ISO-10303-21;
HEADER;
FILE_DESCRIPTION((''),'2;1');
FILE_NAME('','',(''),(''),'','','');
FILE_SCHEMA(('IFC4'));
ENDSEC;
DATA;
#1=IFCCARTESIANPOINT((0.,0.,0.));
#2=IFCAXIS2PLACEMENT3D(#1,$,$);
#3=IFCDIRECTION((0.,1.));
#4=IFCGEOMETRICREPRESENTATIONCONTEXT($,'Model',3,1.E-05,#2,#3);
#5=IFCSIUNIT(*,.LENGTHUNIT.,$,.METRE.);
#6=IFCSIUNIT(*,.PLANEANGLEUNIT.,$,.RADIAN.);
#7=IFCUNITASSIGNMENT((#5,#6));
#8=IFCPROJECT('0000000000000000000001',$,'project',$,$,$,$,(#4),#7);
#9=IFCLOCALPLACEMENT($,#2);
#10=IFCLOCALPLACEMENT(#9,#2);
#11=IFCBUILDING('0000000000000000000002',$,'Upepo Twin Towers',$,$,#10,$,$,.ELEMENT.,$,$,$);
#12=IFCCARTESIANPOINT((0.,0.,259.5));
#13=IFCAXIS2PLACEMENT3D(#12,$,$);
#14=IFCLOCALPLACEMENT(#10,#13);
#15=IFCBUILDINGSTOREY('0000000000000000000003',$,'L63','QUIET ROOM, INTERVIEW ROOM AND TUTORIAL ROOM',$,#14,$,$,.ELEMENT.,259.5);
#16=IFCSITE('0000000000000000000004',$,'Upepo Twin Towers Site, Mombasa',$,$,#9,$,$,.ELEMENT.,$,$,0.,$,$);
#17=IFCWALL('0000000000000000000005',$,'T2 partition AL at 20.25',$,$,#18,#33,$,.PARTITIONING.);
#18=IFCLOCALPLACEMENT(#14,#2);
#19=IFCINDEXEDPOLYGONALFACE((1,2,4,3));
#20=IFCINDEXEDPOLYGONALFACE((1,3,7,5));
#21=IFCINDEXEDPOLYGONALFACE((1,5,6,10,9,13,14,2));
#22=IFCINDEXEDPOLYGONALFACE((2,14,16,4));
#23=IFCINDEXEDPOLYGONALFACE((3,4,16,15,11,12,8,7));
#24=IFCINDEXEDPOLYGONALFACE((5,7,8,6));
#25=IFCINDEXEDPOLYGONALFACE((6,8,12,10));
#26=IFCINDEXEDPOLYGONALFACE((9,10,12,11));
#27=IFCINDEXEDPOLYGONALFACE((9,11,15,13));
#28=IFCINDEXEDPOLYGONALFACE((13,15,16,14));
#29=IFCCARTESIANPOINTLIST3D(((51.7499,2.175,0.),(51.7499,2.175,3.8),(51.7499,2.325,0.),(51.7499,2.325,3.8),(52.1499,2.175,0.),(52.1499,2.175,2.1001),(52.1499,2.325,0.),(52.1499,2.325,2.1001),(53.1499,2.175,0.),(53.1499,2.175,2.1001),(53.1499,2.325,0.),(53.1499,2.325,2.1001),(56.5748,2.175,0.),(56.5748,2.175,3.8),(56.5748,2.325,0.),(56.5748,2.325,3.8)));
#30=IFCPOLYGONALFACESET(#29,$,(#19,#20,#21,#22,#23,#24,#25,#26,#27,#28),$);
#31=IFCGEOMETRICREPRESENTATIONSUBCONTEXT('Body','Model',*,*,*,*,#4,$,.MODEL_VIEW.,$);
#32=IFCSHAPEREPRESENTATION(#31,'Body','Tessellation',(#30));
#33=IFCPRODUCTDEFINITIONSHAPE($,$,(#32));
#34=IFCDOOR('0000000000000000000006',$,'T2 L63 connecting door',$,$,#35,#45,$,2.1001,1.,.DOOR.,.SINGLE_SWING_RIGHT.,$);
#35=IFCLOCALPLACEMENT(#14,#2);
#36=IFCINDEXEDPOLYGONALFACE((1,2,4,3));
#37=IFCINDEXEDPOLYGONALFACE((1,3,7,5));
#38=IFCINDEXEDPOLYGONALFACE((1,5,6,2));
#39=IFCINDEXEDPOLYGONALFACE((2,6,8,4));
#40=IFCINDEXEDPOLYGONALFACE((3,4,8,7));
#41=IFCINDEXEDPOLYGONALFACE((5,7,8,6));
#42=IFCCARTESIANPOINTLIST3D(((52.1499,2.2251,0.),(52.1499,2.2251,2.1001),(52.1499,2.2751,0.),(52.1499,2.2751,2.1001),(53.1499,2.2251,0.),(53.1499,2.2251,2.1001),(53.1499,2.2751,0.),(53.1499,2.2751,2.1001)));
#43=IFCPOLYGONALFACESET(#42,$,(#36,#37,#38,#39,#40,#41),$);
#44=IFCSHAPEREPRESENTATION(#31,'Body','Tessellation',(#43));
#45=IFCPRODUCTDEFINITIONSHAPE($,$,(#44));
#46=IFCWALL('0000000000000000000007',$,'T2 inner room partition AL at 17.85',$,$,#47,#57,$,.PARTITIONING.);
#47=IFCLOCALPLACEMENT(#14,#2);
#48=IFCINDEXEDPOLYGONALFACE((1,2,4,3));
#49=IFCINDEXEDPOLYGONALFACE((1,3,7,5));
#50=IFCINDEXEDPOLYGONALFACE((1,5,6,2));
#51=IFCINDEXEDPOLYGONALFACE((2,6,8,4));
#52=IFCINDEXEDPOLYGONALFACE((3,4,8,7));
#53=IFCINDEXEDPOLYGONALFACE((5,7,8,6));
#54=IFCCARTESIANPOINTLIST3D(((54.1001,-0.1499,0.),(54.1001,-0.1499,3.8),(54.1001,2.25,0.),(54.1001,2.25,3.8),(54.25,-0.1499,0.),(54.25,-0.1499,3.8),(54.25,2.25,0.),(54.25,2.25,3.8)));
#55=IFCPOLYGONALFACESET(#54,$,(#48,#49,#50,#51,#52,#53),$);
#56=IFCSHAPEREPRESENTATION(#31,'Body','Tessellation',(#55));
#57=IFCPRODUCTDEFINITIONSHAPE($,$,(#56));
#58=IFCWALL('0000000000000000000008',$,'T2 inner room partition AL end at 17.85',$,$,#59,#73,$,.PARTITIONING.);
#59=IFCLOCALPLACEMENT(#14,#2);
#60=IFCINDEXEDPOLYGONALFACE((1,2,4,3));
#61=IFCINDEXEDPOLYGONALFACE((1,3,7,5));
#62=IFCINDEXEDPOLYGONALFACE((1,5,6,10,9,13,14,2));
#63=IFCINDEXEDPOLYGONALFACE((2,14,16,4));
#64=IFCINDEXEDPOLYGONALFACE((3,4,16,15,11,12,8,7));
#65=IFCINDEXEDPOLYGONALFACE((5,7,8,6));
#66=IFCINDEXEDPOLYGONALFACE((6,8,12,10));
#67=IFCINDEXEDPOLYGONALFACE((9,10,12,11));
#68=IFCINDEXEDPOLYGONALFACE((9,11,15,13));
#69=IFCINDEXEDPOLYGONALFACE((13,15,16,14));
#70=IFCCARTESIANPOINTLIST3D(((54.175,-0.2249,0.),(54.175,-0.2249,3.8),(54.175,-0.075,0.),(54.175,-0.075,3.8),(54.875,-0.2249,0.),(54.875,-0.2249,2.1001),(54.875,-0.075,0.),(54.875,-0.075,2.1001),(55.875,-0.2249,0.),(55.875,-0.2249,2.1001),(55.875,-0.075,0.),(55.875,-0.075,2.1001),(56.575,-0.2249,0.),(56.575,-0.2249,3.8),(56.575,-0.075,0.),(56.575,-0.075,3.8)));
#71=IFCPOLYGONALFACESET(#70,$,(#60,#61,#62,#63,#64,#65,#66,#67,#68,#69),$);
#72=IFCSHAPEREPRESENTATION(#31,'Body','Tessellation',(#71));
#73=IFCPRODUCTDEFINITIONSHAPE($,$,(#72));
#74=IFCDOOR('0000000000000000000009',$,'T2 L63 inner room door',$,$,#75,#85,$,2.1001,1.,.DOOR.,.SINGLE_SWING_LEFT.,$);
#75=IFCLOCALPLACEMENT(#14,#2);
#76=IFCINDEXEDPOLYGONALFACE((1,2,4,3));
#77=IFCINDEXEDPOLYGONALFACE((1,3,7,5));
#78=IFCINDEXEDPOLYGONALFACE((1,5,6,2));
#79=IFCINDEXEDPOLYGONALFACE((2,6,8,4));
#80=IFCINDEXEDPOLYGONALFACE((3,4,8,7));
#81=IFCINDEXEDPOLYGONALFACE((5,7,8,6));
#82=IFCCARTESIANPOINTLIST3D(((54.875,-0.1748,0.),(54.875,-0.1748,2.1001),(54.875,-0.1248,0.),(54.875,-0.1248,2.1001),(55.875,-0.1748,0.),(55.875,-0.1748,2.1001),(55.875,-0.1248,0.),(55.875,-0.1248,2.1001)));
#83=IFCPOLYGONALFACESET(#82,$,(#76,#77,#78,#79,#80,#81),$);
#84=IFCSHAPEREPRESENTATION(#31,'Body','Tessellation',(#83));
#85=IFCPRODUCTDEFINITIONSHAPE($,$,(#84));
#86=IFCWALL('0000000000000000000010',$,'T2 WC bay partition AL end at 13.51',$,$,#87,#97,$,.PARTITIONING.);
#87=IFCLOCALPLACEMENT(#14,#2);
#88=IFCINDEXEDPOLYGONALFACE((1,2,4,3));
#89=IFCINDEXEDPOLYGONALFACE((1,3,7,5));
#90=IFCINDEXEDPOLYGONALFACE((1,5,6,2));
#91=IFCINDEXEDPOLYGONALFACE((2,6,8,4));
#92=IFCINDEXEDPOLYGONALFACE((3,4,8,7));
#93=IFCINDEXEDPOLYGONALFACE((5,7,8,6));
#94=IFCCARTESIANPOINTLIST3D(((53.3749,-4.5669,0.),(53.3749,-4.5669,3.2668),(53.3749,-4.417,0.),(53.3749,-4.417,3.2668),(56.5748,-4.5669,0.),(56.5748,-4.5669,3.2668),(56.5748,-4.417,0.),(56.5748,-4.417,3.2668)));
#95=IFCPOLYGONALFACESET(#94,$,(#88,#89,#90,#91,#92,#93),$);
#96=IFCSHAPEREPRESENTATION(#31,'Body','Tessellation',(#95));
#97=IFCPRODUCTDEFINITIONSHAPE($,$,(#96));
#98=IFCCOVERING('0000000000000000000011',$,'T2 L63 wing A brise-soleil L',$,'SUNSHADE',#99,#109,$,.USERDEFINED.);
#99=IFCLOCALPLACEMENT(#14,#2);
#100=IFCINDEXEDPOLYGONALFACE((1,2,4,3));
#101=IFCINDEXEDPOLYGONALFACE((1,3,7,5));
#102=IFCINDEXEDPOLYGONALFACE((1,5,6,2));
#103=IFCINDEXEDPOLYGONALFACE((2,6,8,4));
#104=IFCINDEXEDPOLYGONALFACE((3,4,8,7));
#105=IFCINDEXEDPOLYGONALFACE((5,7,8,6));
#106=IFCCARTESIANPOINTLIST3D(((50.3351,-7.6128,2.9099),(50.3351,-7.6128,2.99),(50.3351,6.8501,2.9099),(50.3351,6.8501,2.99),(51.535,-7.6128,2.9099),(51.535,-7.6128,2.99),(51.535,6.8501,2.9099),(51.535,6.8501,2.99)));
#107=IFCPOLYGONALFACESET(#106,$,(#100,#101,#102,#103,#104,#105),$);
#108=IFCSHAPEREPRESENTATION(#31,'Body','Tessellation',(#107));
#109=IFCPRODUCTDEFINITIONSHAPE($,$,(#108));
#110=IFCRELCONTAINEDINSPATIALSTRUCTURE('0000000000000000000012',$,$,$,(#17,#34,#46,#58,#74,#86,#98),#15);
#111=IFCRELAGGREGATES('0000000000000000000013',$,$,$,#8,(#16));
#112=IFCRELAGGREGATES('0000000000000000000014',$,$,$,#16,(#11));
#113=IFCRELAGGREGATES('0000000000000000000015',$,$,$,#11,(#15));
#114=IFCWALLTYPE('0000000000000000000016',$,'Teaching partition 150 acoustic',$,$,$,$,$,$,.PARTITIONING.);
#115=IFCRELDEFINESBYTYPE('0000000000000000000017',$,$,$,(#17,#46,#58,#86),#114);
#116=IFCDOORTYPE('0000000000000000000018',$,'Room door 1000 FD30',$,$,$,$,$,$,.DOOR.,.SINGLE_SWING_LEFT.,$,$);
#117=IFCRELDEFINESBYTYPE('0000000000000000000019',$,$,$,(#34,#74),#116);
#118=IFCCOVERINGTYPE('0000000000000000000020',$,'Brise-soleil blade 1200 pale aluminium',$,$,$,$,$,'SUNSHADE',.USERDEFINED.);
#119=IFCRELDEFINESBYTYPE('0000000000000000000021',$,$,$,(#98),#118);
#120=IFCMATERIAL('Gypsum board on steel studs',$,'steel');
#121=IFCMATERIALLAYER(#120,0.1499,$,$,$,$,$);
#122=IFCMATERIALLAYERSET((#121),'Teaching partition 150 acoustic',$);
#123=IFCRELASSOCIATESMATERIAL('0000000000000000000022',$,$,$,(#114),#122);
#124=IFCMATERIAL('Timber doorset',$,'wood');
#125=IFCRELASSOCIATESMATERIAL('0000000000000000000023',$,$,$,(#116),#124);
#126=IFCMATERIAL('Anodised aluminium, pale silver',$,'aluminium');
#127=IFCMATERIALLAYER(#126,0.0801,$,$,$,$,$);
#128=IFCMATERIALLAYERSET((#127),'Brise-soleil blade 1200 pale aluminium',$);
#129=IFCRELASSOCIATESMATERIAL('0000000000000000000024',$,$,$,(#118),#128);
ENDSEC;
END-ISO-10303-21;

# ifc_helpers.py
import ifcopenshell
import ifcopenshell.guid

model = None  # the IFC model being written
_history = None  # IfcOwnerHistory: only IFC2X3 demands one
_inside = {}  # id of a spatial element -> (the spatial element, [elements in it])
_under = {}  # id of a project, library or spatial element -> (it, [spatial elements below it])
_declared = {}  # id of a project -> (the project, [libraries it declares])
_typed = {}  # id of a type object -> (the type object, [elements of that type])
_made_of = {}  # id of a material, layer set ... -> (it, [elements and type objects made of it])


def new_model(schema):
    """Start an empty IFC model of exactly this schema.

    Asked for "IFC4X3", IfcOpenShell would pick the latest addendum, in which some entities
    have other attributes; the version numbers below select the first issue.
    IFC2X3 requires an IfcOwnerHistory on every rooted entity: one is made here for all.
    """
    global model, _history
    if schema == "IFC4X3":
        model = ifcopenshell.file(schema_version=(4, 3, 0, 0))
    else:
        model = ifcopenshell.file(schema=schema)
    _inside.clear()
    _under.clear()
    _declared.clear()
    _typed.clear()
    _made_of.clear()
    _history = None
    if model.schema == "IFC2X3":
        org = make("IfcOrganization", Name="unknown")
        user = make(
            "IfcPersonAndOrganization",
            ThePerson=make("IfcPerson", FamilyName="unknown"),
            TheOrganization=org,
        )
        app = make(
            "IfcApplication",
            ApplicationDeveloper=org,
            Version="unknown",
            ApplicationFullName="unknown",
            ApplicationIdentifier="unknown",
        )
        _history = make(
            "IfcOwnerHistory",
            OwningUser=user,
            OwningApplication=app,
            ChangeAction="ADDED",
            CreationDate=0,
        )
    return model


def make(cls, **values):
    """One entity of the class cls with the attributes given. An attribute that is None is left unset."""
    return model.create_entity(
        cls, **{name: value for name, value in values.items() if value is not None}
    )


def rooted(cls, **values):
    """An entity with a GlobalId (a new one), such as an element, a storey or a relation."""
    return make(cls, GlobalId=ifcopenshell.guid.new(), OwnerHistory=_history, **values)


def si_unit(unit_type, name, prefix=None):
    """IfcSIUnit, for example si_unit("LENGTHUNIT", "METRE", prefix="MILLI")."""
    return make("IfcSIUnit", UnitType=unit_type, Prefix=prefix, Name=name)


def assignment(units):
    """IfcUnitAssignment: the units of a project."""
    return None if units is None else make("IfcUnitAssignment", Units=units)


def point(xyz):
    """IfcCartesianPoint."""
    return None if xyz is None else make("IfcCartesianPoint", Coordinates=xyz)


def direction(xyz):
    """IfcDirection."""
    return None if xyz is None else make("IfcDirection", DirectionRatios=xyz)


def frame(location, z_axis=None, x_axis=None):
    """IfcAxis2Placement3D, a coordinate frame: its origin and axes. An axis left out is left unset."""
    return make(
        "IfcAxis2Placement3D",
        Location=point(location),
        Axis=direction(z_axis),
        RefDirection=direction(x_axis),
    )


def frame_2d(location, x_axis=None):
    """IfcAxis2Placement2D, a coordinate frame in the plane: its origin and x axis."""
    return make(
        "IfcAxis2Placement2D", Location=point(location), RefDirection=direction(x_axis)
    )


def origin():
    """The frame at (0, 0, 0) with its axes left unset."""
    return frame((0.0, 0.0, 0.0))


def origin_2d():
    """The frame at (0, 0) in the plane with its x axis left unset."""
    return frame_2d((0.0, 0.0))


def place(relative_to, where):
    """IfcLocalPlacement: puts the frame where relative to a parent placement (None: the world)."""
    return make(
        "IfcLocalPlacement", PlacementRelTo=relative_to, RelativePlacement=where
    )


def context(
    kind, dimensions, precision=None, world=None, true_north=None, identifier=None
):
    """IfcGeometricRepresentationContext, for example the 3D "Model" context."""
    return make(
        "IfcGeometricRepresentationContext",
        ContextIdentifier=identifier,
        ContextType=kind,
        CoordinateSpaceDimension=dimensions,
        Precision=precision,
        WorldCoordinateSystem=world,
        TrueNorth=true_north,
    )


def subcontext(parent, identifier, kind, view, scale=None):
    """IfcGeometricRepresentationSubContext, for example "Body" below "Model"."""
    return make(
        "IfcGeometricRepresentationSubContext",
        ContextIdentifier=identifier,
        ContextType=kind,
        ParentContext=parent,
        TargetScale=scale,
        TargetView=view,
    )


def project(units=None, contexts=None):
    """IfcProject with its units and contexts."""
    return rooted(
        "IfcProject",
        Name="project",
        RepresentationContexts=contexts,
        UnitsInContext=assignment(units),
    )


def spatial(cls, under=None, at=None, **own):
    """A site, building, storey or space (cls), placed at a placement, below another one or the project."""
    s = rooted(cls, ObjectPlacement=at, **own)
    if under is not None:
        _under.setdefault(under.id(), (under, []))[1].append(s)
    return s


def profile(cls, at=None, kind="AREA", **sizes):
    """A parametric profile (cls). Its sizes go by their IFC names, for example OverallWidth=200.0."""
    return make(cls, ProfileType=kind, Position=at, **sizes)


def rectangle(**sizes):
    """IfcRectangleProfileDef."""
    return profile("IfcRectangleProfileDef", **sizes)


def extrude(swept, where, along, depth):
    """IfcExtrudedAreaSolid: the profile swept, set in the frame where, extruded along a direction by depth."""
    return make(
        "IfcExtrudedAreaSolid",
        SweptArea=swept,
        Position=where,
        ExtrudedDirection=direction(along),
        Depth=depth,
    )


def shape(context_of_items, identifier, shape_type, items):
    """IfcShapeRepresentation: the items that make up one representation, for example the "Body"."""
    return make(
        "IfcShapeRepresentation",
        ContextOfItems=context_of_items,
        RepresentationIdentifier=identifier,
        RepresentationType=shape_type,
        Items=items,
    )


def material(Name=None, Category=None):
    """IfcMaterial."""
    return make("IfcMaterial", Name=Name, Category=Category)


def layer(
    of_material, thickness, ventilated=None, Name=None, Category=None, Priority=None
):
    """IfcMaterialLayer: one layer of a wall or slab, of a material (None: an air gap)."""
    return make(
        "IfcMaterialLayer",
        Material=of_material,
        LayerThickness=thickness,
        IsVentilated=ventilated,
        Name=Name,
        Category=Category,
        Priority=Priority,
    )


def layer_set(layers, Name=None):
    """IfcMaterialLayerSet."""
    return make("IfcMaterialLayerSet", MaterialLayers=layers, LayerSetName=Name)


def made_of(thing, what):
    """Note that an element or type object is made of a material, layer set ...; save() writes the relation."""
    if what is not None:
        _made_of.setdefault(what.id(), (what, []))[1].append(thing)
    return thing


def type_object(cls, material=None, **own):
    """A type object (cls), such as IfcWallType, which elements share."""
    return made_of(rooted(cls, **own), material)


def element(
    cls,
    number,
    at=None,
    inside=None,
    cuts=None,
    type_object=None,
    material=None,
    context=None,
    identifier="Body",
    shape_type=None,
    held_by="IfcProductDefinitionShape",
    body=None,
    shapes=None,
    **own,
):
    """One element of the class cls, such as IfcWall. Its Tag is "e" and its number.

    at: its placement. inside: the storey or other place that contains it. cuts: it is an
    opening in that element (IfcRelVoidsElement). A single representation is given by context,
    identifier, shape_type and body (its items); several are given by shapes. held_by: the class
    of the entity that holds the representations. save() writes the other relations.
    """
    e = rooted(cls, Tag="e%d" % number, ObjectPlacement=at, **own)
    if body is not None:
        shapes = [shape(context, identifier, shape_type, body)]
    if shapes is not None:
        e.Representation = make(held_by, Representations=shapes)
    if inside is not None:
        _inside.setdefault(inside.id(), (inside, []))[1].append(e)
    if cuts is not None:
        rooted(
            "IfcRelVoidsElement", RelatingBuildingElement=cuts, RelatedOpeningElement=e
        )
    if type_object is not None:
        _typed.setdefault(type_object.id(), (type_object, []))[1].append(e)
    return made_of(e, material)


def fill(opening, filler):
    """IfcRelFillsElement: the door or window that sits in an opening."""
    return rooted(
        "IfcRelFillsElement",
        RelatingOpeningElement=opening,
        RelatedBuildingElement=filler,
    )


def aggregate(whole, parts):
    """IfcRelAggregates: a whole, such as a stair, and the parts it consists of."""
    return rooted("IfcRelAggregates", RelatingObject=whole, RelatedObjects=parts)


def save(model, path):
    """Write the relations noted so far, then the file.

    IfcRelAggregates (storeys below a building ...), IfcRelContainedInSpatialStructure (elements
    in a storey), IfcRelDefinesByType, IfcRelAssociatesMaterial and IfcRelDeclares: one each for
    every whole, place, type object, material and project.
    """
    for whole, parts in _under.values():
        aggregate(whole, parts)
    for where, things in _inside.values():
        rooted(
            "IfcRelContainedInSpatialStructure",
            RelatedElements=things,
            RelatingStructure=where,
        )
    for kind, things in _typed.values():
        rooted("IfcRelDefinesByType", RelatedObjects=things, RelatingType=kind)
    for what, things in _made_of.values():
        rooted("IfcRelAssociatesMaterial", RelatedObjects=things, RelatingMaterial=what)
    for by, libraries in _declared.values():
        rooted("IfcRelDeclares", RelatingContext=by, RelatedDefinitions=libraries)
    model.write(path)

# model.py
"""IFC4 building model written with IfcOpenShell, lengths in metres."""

from ifc_helpers import new_model, si_unit, direction, frame, frame_2d, origin, origin_2d, place, context, subcontext, project, spatial, rectangle, extrude, material, layer, layer_set, type_object, element, fill, save


model = new_model("IFC4")

# Units and contexts
model_context = context("Model", 3, precision=1e-05, world=origin(), true_north=direction((0.0, 1.0)))
body_context = subcontext(model_context, "Body", "Model", "MODEL_VIEW")
ifc_project = project(units=[si_unit("LENGTHUNIT", "METRE"), si_unit("PLANEANGLEUNIT", "RADIAN")], contexts=[model_context])

# Site, building, storey
site_placement = place(None, origin())
site = spatial("IfcSite", under=ifc_project, at=site_placement, Name="Upepo Twin Towers Site, Mombasa", CompositionType="ELEMENT", RefElevation=0.0)
building_placement = place(site_placement, origin())
building = spatial("IfcBuilding", under=site, at=building_placement, Name="Upepo Twin Towers", CompositionType="ELEMENT")
storey_placement = place(building_placement, frame((0.0, 0.0, 259.5)))
storey = spatial("IfcBuildingStorey", under=building, at=storey_placement, Name="L63", Description="QUIET ROOM, INTERVIEW ROOM AND TUTORIAL ROOM", CompositionType="ELEMENT", Elevation=259.5)

# Shared definitions
ifc_material_1 = material(Name="Gypsum board on steel studs", Category="steel")
ifc_layer_1 = layer(ifc_material_1, 0.1499)
ifc_layer_set_1 = layer_set([ifc_layer_1], Name="Teaching partition 150 acoustic")
wall_type_1 = type_object("IfcWallType", Name="Teaching partition 150 acoustic", PredefinedType="PARTITIONING", material=ifc_layer_set_1)

# Wall, opening, door
wall_1_placement = place(storey_placement, frame((56.575, 2.25, 0.0), z_axis=(0.0, 0.0, 1.0), x_axis=(-1.0, 0.0, 0.0)))
wall_1 = element("IfcWall", 1, at=wall_1_placement, inside=storey, type_object=wall_type_1, Name="T2 partition AL at 20.25", PredefinedType="PARTITIONING", context=body_context, shape_type="SweptSolid", body=[
    extrude(rectangle(XDim=4.825, YDim=0.1499, at=frame_2d((2.4126, 0.0))), origin(), (0.0, 0.0, 1.0), 3.8),
])
opening_1_placement = place(wall_1_placement, frame((3.425, 0.0, 0.0)))
opening_1 = element("IfcOpeningElement", 2, at=opening_1_placement, cuts=wall_1, PredefinedType="OPENING", context=body_context, shape_type="SweptSolid", body=[
    extrude(rectangle(XDim=1.0, YDim=2.1001, at=frame_2d((0.5, 1.05))), frame((0.0, 0.085, 0.0), z_axis=(0.0, -1.0, 0.0), x_axis=(1.0, 0.0, 0.0)), (0.0, 0.0, 1.0), 0.1699),
])
ifc_material_2 = material(Name="Timber doorset", Category="wood")
door_type = type_object("IfcDoorType", Name="Room door 1000 FD30", OperationType="SINGLE_SWING_LEFT", PredefinedType="DOOR", material=ifc_material_2)
door_1_placement = place(opening_1_placement, origin())
door_1 = element("IfcDoor", 3, at=door_1_placement, inside=storey, type_object=door_type, Name="T2 L63 connecting door", OperationType="SINGLE_SWING_RIGHT", OverallHeight=2.1001, OverallWidth=1.0, PredefinedType="DOOR", context=body_context, shape_type="SweptSolid", body=[
    extrude(rectangle(XDim=1.0, YDim=2.1001, at=frame_2d((0.5, 1.05))), frame((0.0, 0.0249, 0.0), z_axis=(0.0, -1.0, 0.0), x_axis=(1.0, 0.0, 0.0)), (0.0, 0.0, 1.0), 0.05),
])
fill(opening_1, door_1)

# Wall
wall_2_placement = place(storey_placement, frame((54.175, -0.1499, 0.0), z_axis=(0.0, 0.0, 1.0), x_axis=(0.0, 1.0, 0.0)))
element("IfcWall", 4, at=wall_2_placement, inside=storey, type_object=wall_type_1, Name="T2 inner room partition AL at 17.85", PredefinedType="PARTITIONING", context=body_context, shape_type="SweptSolid", body=[
    extrude(rectangle(XDim=2.3999, YDim=0.1499, at=frame_2d((1.2, 0.0))), origin(), (0.0, 0.0, 1.0), 3.8),
])

# Wall, opening, door
wall_3_placement = place(storey_placement, frame((56.575, -0.1499, 0.0), z_axis=(0.0, 0.0, 1.0), x_axis=(-1.0, 0.0, 0.0)))
wall_3 = element("IfcWall", 5, at=wall_3_placement, inside=storey, type_object=wall_type_1, Name="T2 inner room partition AL end at 17.85", PredefinedType="PARTITIONING", context=body_context, shape_type="SweptSolid", body=[
    extrude(rectangle(XDim=2.3999, YDim=0.1499, at=frame_2d((1.2, 0.0))), origin(), (0.0, 0.0, 1.0), 3.8),
])
opening_2_placement = place(wall_3_placement, frame((0.7, 0.0, 0.0)))
opening_2 = element("IfcOpeningElement", 6, at=opening_2_placement, cuts=wall_3, PredefinedType="OPENING", context=body_context, shape_type="SweptSolid", body=[
    extrude(rectangle(XDim=1.0, YDim=2.1001, at=frame_2d((0.5, 1.05))), frame((0.0, 0.085, 0.0), z_axis=(0.0, -1.0, 0.0), x_axis=(1.0, 0.0, 0.0)), (0.0, 0.0, 1.0), 0.1699),
])
door_2_placement = place(opening_2_placement, origin())
door_2 = element("IfcDoor", 7, at=door_2_placement, inside=storey, type_object=door_type, Name="T2 L63 inner room door", OperationType="SINGLE_SWING_LEFT", OverallHeight=2.1001, OverallWidth=1.0, PredefinedType="DOOR", context=body_context, shape_type="SweptSolid", body=[
    extrude(rectangle(XDim=1.0, YDim=2.1001, at=frame_2d((0.5, 1.05))), frame((0.0, 0.0249, 0.0), z_axis=(0.0, -1.0, 0.0), x_axis=(1.0, 0.0, 0.0)), (0.0, 0.0, 1.0), 0.05),
])
fill(opening_2, door_2)

# Wall
wall_4_placement = place(storey_placement, frame((56.575, -4.4919, 0.0), z_axis=(0.0, 0.0, 1.0), x_axis=(-1.0, 0.0, 0.0)))
element("IfcWall", 8, at=wall_4_placement, inside=storey, type_object=wall_type_1, Name="T2 WC bay partition AL end at 13.51", PredefinedType="PARTITIONING", context=body_context, shape_type="SweptSolid", body=[
    extrude(rectangle(XDim=3.2, YDim=0.1499, at=frame_2d((1.6001, 0.0))), origin(), (0.0, 0.0, 1.0), 3.2668),
])

# Covering
ifc_material_3 = material(Name="Anodised aluminium, pale silver", Category="aluminium")
ifc_layer_2 = layer(ifc_material_3, 0.0801)
ifc_layer_set_2 = layer_set([ifc_layer_2], Name="Brise-soleil blade 1200 pale aluminium")
covering_type = type_object("IfcCoveringType", Name="Brise-soleil blade 1200 pale aluminium", ElementType="SUNSHADE", PredefinedType="USERDEFINED", material=ifc_layer_set_2)
covering_placement = place(storey_placement, frame((50.9351, -0.3813, 2.9099), z_axis=(0.0, 0.0, 1.0), x_axis=(0.0, 1.0, 0.0)))
element("IfcCovering", 9, at=covering_placement, inside=storey, type_object=covering_type, Name="T2 L63 wing A brise-soleil L", ObjectType="SUNSHADE", PredefinedType="USERDEFINED", context=body_context, shape_type="SweptSolid", body=[
    extrude(rectangle(XDim=14.4629, YDim=1.2, at=origin_2d()), origin(), (0.0, 0.0, 1.0), 0.0801),
])

save(model, "model.ifc")
